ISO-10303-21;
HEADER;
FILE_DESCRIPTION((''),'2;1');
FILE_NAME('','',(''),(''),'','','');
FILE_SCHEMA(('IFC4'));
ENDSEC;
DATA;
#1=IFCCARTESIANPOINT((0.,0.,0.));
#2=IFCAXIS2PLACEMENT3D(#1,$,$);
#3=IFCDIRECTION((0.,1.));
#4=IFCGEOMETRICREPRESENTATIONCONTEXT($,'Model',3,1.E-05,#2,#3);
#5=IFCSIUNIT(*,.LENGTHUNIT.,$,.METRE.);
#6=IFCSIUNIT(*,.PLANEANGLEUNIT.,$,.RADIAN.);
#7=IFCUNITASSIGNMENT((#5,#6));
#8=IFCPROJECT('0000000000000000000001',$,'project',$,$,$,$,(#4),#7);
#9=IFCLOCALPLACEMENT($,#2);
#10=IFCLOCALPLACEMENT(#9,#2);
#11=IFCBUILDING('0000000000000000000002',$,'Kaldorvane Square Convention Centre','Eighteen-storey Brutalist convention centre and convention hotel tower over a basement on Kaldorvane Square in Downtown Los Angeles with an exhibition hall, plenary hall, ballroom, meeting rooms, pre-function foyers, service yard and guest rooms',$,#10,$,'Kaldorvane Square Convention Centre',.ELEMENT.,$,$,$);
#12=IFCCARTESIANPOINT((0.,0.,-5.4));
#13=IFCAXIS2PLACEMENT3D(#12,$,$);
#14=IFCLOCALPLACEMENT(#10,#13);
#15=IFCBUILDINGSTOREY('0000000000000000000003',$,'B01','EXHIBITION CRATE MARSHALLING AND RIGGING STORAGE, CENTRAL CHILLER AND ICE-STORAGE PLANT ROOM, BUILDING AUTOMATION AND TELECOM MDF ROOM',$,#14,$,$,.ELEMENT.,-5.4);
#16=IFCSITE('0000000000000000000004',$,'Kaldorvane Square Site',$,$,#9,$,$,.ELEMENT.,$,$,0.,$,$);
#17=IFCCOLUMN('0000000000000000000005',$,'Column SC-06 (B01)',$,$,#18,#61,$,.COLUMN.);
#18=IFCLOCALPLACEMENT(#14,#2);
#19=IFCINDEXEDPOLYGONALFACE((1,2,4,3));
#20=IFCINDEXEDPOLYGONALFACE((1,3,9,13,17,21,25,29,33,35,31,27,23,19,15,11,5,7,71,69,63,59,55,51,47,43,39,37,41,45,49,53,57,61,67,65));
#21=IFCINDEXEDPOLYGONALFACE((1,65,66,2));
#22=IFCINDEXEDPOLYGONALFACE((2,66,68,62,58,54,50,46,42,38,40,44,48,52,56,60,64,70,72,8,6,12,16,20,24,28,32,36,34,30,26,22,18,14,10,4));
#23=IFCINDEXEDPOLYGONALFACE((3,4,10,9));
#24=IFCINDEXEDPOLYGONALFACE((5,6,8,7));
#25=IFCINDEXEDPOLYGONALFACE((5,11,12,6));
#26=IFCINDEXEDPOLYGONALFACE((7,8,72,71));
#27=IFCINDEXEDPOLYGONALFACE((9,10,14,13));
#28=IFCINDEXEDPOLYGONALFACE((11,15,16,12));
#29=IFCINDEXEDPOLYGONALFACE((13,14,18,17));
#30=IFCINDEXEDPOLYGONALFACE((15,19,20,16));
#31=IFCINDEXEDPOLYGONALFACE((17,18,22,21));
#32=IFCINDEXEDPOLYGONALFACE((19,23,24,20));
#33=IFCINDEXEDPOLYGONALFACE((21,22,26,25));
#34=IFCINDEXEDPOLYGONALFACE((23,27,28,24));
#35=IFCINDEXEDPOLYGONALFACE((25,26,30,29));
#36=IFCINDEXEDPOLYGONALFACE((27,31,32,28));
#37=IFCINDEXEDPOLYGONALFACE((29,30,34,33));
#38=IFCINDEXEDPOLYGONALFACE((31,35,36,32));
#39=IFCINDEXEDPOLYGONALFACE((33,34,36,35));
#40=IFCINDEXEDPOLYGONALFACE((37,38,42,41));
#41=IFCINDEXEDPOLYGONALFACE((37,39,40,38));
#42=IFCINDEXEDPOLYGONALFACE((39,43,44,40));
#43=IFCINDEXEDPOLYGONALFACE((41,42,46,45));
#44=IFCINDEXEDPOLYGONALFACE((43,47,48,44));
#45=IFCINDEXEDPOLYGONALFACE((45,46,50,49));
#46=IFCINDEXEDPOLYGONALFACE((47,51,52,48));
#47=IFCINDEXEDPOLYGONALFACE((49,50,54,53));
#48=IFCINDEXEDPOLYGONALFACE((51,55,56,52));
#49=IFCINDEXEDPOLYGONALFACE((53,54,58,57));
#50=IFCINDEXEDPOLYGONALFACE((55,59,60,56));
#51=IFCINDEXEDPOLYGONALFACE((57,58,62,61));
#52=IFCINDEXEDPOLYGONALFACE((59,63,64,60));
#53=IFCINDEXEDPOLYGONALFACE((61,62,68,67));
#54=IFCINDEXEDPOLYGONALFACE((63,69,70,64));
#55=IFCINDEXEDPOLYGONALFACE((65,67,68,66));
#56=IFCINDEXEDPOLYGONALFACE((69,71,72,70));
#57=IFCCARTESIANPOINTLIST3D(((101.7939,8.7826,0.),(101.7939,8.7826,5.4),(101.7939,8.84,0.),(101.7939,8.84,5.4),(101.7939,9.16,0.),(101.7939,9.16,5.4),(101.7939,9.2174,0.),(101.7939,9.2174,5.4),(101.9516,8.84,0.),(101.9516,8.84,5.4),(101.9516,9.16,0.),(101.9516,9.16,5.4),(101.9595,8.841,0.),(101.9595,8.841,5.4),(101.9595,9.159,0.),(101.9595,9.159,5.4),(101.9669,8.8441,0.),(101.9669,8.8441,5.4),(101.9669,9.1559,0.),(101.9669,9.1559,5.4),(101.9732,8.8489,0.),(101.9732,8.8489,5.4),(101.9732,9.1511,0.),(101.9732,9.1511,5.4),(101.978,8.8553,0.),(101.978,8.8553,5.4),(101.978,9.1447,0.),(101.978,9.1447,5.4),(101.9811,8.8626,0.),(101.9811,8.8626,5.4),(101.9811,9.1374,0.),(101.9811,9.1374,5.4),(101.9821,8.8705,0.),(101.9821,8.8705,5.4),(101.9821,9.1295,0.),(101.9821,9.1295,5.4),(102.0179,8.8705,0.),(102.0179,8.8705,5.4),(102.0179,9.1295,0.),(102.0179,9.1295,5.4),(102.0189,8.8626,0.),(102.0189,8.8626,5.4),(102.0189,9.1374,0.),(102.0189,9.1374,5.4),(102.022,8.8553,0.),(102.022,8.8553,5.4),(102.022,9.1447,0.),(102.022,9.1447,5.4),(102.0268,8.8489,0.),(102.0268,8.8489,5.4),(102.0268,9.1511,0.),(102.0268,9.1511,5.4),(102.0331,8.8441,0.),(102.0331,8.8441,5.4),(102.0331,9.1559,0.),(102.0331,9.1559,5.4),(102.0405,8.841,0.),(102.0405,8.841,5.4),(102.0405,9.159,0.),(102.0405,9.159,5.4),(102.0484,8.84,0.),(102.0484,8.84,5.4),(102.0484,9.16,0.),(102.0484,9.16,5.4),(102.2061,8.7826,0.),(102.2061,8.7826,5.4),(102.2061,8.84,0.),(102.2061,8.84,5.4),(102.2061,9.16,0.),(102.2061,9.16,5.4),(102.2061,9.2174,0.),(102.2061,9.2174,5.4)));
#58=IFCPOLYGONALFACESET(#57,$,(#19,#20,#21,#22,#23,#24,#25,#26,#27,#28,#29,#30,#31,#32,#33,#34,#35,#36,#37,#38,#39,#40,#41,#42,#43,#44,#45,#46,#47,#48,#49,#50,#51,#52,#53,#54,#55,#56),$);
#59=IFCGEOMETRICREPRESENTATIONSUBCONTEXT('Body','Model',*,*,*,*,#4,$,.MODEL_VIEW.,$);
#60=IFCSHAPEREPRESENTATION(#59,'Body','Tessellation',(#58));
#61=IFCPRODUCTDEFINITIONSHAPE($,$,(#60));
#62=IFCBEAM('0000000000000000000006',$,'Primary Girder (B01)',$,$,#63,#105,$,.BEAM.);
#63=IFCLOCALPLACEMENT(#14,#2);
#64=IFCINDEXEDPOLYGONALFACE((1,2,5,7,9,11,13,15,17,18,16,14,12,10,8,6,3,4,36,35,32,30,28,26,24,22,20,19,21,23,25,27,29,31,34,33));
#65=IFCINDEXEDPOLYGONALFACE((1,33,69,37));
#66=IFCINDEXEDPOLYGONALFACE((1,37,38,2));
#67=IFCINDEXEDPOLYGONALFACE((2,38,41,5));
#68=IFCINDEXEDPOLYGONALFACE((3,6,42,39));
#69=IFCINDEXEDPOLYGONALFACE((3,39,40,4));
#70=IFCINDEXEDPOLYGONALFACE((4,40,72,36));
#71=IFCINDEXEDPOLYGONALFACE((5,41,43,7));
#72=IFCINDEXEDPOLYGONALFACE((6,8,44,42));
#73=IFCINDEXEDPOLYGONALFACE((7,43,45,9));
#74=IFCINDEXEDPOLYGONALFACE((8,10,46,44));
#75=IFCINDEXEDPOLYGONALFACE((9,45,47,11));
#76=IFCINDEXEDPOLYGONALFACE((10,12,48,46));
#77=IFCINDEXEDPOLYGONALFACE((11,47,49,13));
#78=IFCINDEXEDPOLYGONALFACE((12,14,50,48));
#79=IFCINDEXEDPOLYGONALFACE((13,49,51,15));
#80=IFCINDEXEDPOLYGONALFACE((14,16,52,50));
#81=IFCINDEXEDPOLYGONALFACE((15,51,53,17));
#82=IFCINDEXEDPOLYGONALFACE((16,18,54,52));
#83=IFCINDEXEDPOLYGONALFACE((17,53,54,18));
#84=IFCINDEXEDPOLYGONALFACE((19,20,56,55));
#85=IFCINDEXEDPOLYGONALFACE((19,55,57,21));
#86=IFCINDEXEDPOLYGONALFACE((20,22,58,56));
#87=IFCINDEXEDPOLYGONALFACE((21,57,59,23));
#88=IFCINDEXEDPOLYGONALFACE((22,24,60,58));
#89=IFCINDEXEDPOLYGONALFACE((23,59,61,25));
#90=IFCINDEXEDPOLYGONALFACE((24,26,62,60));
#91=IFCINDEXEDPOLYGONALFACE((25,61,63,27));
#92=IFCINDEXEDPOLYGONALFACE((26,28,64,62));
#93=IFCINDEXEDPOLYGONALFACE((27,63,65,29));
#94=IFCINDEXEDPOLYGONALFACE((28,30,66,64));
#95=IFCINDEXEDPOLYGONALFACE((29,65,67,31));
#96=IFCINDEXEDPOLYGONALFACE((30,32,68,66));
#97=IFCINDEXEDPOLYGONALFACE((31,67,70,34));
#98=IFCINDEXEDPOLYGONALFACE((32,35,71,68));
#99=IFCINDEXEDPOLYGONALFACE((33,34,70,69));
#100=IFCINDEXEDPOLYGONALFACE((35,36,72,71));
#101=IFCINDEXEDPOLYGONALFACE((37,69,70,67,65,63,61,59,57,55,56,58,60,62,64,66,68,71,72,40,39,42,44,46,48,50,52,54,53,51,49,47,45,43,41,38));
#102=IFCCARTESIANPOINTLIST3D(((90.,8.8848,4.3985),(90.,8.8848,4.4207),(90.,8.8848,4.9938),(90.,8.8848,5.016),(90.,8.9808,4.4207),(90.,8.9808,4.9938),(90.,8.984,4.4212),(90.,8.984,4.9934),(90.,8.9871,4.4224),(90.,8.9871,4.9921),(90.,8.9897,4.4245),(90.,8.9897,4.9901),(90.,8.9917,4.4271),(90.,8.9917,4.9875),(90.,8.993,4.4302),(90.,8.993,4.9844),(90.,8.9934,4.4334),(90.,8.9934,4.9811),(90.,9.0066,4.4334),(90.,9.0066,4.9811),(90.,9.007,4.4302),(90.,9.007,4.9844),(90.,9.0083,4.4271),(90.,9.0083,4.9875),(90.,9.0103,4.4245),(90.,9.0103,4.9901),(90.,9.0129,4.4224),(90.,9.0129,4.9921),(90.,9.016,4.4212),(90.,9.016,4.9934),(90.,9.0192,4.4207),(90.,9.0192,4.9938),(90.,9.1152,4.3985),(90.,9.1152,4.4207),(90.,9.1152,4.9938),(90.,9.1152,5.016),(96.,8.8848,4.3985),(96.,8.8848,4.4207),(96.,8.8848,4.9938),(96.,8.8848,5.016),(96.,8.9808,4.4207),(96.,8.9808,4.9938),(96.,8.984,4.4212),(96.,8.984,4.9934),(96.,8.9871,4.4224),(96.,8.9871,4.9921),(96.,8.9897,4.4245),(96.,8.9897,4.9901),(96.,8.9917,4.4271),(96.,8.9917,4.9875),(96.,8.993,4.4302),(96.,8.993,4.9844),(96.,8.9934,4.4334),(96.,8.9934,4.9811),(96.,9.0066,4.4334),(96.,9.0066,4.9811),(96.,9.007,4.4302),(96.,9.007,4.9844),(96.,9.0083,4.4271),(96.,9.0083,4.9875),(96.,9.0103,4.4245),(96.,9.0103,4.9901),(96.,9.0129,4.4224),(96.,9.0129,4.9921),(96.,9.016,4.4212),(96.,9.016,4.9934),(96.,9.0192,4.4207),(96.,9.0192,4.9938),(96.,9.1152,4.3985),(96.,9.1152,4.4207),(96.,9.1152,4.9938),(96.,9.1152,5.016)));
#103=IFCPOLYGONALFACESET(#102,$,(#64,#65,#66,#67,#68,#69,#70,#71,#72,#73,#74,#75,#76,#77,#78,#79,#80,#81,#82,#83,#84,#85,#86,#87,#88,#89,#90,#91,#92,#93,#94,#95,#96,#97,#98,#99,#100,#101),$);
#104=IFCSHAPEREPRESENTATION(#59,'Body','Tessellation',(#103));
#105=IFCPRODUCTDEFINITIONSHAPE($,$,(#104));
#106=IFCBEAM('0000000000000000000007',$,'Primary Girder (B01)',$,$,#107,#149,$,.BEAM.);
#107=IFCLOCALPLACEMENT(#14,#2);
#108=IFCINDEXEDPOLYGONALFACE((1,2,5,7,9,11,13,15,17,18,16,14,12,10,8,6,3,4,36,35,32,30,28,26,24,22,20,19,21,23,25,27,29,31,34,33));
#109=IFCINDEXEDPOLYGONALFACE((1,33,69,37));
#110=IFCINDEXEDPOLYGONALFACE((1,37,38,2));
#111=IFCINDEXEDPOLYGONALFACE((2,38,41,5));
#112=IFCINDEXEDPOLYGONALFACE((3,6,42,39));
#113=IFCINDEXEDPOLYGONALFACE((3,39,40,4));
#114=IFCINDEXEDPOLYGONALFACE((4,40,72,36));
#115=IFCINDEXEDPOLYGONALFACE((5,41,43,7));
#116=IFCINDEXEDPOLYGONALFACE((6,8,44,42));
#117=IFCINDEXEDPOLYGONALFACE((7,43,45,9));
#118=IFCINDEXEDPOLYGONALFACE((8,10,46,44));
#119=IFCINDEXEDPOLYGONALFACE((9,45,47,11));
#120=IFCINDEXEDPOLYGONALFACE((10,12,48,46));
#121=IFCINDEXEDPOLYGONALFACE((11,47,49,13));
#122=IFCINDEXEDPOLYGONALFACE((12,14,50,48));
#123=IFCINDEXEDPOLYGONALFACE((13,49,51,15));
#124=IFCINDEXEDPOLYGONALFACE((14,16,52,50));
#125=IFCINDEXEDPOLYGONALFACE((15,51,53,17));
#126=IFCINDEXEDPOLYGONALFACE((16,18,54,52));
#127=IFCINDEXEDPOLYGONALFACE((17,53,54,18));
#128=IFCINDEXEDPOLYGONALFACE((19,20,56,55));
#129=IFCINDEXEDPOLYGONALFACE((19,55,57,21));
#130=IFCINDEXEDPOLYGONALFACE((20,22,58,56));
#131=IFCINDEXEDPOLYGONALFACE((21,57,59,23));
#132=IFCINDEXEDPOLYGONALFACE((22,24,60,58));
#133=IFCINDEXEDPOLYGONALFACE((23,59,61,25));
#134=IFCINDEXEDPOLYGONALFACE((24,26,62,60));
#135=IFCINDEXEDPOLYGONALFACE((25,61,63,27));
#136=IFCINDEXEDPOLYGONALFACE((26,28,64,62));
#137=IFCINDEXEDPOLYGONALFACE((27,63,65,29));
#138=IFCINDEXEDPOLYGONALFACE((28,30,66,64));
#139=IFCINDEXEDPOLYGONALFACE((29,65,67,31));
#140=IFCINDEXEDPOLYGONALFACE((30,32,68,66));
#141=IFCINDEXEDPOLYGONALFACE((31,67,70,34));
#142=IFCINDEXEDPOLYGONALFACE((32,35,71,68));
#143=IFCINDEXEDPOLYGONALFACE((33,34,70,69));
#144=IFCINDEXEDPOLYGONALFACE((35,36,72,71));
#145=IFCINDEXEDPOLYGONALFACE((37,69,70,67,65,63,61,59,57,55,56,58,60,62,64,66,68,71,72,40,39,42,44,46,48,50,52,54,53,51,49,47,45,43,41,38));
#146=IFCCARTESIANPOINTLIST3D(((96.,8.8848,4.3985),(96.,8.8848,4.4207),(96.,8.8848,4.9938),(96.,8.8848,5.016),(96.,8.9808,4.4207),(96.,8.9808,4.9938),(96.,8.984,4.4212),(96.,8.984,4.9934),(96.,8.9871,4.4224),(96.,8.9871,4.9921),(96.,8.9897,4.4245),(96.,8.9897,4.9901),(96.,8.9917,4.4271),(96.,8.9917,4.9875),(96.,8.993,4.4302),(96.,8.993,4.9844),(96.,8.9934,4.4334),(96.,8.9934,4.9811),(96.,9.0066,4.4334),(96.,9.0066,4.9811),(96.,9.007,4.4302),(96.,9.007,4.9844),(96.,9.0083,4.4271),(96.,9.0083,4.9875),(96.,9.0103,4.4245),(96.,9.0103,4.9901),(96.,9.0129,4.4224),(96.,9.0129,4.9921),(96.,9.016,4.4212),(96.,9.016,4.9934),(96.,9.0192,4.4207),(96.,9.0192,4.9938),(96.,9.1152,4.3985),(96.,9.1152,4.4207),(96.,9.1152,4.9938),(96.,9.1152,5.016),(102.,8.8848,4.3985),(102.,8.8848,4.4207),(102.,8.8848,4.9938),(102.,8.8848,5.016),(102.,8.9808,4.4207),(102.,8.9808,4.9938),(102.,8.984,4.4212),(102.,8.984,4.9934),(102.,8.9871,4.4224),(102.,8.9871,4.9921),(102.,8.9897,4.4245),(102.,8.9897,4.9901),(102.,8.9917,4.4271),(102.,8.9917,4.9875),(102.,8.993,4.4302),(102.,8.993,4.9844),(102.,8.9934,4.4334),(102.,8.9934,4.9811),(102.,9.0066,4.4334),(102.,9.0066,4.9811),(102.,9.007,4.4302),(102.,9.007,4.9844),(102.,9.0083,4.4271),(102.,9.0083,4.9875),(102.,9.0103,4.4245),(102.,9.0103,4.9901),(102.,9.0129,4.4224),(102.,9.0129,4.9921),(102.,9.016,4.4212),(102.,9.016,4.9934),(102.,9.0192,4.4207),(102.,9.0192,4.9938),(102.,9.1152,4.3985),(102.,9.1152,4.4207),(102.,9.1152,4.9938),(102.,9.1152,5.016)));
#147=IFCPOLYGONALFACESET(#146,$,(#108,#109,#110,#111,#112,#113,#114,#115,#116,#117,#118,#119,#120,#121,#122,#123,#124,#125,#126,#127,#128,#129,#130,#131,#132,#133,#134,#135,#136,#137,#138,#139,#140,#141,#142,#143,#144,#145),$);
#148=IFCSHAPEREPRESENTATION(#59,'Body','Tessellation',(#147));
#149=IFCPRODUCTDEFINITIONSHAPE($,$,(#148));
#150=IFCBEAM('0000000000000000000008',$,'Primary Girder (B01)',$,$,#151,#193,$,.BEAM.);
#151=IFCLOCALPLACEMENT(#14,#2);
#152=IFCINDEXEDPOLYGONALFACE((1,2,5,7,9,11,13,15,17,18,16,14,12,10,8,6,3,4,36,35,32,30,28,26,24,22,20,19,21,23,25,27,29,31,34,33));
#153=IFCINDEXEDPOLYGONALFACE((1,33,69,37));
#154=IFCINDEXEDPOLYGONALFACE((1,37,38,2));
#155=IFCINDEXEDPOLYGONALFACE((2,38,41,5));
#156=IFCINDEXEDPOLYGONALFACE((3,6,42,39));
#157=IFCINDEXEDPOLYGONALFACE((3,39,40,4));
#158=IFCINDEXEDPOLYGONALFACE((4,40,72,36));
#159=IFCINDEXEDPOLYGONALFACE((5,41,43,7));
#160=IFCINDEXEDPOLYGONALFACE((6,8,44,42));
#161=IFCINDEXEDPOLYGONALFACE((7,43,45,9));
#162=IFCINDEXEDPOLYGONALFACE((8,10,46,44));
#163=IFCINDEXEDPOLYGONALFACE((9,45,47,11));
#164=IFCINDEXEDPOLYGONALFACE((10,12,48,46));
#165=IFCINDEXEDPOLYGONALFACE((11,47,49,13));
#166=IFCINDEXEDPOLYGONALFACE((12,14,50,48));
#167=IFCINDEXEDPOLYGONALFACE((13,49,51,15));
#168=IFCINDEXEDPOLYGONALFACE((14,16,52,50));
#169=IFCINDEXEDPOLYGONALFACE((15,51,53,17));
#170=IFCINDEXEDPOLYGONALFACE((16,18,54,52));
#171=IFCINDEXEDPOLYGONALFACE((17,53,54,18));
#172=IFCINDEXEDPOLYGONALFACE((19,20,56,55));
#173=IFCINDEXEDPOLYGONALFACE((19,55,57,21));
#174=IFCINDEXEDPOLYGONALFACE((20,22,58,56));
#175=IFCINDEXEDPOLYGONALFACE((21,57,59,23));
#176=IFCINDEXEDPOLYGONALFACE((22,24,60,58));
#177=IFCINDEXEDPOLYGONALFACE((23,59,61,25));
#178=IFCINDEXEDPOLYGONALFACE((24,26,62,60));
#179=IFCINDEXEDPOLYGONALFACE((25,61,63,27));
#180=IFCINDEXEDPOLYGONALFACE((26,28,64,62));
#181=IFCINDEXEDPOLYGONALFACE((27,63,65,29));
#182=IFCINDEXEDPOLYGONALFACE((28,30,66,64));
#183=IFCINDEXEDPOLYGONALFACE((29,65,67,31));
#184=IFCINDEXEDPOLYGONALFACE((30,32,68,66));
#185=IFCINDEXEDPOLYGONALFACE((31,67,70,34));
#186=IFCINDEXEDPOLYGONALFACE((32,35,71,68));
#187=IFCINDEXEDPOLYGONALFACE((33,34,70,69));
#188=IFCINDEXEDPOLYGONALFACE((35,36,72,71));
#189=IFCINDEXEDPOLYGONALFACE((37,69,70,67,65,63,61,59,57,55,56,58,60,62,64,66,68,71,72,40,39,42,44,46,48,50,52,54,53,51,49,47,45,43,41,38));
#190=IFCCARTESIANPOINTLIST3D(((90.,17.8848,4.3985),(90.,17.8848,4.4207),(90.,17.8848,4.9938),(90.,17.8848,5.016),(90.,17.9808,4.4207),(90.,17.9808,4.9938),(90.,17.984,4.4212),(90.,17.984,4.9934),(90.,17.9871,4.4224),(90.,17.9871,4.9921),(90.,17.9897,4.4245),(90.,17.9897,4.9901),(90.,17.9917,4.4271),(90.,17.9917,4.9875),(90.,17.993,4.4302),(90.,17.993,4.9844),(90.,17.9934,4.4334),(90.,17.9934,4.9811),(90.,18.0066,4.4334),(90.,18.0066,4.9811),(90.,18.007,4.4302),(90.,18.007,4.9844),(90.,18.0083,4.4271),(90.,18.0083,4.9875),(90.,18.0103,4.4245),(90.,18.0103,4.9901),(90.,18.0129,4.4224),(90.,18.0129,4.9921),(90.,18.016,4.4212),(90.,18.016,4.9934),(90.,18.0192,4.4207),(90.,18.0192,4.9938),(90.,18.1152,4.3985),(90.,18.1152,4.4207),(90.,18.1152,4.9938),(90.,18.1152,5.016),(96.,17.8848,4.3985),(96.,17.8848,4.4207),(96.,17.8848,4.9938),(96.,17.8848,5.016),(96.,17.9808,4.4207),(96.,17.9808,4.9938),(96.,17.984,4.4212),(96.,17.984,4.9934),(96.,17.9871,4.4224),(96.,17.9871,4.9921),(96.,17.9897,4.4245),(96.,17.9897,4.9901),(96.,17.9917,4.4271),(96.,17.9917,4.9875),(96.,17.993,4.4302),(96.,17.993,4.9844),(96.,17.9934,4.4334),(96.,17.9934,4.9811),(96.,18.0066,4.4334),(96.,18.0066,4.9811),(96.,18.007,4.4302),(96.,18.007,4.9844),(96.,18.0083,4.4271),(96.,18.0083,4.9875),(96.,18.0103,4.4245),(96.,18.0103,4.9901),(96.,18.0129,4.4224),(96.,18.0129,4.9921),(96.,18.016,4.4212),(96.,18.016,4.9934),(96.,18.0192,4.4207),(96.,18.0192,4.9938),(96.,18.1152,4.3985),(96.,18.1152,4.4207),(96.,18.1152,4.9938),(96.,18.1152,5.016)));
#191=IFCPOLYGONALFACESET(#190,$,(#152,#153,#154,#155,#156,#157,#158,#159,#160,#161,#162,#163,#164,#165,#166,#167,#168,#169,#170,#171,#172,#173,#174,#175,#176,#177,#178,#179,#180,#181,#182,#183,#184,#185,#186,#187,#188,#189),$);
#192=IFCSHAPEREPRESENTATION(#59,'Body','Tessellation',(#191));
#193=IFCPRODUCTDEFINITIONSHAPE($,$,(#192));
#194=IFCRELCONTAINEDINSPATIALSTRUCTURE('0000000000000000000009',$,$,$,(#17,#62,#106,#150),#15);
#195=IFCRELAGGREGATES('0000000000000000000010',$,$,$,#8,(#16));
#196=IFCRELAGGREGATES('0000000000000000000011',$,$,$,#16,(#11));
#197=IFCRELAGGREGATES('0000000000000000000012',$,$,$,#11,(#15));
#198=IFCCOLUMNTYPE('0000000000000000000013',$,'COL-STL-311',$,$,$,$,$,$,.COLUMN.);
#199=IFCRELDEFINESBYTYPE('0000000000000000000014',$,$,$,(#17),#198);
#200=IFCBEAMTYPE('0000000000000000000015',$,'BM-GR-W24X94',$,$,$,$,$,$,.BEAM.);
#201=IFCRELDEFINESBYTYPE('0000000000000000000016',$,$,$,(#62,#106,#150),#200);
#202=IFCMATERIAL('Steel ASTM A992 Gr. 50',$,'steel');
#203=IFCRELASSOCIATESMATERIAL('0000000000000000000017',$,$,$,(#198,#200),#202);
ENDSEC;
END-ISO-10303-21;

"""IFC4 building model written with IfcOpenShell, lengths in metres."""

from ifc_helpers import new_model, si_unit, direction, frame, origin, origin_2d, place, context, subcontext, project, spatial, i_section, extrude, material, material_profile, profile_set, type_object, element, save


model = new_model("IFC4")

# Units and contexts
model_context = context("Model", 3, precision=1e-05, world=origin(), true_north=direction((0.0, 1.0)))
body_context = subcontext(model_context, "Body", "Model", "MODEL_VIEW")
ifc_project = project(units=[si_unit("LENGTHUNIT", "METRE"), si_unit("PLANEANGLEUNIT", "RADIAN")], contexts=[model_context])

# Site, building, storey
site_placement = place(None, origin())
site = spatial("IfcSite", under=ifc_project, at=site_placement, Name="Kaldorvane Square Site", CompositionType="ELEMENT", RefElevation=0.0)
building_placement = place(site_placement, origin())
building = spatial("IfcBuilding", under=site, at=building_placement, Name="Kaldorvane Square Convention Centre", Description="Eighteen-storey Brutalist convention centre and convention hotel tower over a basement on Kaldorvane Square in Downtown Los Angeles with an exhibition hall, plenary hall, ballroom, meeting rooms, pre-function foyers, service yard and guest rooms", LongName="Kaldorvane Square Convention Centre", CompositionType="ELEMENT")
storey_placement = place(building_placement, frame((0.0, 0.0, -5.4)))
storey = spatial("IfcBuildingStorey", under=building, at=storey_placement, Name="B01", Description="EXHIBITION CRATE MARSHALLING AND RIGGING STORAGE, CENTRAL CHILLER AND ICE-STORAGE PLANT ROOM, BUILDING AUTOMATION AND TELECOM MDF ROOM", CompositionType="ELEMENT", Elevation=-5.4)

# Column
ifc_material_1 = material(Name="Steel ASTM A992 Gr. 50", Category="steel")
ifc_material_profile_1 = material_profile(ifc_material_1, i_section(OverallWidth=0.4122, OverallDepth=0.4348, WebThickness=0.0358, FlangeThickness=0.0574, FilletRadius=0.0305, at=origin_2d()), Name="W14X311")
ifc_profile_set_1 = profile_set([ifc_material_profile_1], Name="Steel ASTM A992 Gr. 50")
column_type_1 = type_object("IfcColumnType", Name="COL-STL-311", PredefinedType="COLUMN", material=ifc_profile_set_1)
for number, where, z_axis, x_axis, name in (
    (1, (102.0, 9.0, 0.0), (0.0, 0.0, 1.0), (1.0, 0.0, 0.0), "Column SC-06 (B01)"),
):
    element("IfcColumn", number, at=place(storey_placement, frame(where, z_axis=z_axis, x_axis=x_axis)), inside=storey, type_object=column_type_1, Name=name, PredefinedType="COLUMN", context=body_context, shape_type="SweptSolid", body=[
        extrude(i_section(OverallWidth=0.4122, OverallDepth=0.4348, WebThickness=0.0358, FlangeThickness=0.0574, FilletRadius=0.0305, at=origin_2d()), origin(), (0.0, 0.0, 1.0), 5.4),
    ])

# Beams
ifc_material_profile_2 = material_profile(ifc_material_1, i_section(OverallWidth=0.2303, OverallDepth=0.6175, WebThickness=0.0131, FlangeThickness=0.0222, FilletRadius=0.0127, at=origin_2d()), Name="W24X94")
ifc_profile_set_2 = profile_set([ifc_material_profile_2], Name="Steel ASTM A992 Gr. 50")
beam_type_1 = type_object("IfcBeamType", Name="BM-GR-W24X94", PredefinedType="BEAM", material=ifc_profile_set_2)
for number, where, z_axis, x_axis, name in (
    (2, (90.0, 9.0, 4.7073), (1.0, 0.0, 0.0), (0.0, 1.0, 0.0), "Primary Girder (B01)"),
    (3, (96.0, 9.0, 4.7073), (1.0, 0.0, 0.0), (0.0, 1.0, 0.0), "Primary Girder (B01)"),
    (4, (90.0, 18.0, 4.7073), (1.0, 0.0, 0.0), (0.0, 1.0, 0.0), "Primary Girder (B01)"),
):
    element("IfcBeam", number, at=place(storey_placement, frame(where, z_axis=z_axis, x_axis=x_axis)), inside=storey, type_object=beam_type_1, Name=name, PredefinedType="BEAM", context=body_context, shape_type="SweptSolid", body=[
        extrude(i_section(OverallWidth=0.2303, OverallDepth=0.6175, WebThickness=0.0131, FlangeThickness=0.0222, FilletRadius=0.0127, at=origin_2d()), origin(), (0.0, 0.0, 1.0), 6.0),
    ])

save(model, "model.ifc")
